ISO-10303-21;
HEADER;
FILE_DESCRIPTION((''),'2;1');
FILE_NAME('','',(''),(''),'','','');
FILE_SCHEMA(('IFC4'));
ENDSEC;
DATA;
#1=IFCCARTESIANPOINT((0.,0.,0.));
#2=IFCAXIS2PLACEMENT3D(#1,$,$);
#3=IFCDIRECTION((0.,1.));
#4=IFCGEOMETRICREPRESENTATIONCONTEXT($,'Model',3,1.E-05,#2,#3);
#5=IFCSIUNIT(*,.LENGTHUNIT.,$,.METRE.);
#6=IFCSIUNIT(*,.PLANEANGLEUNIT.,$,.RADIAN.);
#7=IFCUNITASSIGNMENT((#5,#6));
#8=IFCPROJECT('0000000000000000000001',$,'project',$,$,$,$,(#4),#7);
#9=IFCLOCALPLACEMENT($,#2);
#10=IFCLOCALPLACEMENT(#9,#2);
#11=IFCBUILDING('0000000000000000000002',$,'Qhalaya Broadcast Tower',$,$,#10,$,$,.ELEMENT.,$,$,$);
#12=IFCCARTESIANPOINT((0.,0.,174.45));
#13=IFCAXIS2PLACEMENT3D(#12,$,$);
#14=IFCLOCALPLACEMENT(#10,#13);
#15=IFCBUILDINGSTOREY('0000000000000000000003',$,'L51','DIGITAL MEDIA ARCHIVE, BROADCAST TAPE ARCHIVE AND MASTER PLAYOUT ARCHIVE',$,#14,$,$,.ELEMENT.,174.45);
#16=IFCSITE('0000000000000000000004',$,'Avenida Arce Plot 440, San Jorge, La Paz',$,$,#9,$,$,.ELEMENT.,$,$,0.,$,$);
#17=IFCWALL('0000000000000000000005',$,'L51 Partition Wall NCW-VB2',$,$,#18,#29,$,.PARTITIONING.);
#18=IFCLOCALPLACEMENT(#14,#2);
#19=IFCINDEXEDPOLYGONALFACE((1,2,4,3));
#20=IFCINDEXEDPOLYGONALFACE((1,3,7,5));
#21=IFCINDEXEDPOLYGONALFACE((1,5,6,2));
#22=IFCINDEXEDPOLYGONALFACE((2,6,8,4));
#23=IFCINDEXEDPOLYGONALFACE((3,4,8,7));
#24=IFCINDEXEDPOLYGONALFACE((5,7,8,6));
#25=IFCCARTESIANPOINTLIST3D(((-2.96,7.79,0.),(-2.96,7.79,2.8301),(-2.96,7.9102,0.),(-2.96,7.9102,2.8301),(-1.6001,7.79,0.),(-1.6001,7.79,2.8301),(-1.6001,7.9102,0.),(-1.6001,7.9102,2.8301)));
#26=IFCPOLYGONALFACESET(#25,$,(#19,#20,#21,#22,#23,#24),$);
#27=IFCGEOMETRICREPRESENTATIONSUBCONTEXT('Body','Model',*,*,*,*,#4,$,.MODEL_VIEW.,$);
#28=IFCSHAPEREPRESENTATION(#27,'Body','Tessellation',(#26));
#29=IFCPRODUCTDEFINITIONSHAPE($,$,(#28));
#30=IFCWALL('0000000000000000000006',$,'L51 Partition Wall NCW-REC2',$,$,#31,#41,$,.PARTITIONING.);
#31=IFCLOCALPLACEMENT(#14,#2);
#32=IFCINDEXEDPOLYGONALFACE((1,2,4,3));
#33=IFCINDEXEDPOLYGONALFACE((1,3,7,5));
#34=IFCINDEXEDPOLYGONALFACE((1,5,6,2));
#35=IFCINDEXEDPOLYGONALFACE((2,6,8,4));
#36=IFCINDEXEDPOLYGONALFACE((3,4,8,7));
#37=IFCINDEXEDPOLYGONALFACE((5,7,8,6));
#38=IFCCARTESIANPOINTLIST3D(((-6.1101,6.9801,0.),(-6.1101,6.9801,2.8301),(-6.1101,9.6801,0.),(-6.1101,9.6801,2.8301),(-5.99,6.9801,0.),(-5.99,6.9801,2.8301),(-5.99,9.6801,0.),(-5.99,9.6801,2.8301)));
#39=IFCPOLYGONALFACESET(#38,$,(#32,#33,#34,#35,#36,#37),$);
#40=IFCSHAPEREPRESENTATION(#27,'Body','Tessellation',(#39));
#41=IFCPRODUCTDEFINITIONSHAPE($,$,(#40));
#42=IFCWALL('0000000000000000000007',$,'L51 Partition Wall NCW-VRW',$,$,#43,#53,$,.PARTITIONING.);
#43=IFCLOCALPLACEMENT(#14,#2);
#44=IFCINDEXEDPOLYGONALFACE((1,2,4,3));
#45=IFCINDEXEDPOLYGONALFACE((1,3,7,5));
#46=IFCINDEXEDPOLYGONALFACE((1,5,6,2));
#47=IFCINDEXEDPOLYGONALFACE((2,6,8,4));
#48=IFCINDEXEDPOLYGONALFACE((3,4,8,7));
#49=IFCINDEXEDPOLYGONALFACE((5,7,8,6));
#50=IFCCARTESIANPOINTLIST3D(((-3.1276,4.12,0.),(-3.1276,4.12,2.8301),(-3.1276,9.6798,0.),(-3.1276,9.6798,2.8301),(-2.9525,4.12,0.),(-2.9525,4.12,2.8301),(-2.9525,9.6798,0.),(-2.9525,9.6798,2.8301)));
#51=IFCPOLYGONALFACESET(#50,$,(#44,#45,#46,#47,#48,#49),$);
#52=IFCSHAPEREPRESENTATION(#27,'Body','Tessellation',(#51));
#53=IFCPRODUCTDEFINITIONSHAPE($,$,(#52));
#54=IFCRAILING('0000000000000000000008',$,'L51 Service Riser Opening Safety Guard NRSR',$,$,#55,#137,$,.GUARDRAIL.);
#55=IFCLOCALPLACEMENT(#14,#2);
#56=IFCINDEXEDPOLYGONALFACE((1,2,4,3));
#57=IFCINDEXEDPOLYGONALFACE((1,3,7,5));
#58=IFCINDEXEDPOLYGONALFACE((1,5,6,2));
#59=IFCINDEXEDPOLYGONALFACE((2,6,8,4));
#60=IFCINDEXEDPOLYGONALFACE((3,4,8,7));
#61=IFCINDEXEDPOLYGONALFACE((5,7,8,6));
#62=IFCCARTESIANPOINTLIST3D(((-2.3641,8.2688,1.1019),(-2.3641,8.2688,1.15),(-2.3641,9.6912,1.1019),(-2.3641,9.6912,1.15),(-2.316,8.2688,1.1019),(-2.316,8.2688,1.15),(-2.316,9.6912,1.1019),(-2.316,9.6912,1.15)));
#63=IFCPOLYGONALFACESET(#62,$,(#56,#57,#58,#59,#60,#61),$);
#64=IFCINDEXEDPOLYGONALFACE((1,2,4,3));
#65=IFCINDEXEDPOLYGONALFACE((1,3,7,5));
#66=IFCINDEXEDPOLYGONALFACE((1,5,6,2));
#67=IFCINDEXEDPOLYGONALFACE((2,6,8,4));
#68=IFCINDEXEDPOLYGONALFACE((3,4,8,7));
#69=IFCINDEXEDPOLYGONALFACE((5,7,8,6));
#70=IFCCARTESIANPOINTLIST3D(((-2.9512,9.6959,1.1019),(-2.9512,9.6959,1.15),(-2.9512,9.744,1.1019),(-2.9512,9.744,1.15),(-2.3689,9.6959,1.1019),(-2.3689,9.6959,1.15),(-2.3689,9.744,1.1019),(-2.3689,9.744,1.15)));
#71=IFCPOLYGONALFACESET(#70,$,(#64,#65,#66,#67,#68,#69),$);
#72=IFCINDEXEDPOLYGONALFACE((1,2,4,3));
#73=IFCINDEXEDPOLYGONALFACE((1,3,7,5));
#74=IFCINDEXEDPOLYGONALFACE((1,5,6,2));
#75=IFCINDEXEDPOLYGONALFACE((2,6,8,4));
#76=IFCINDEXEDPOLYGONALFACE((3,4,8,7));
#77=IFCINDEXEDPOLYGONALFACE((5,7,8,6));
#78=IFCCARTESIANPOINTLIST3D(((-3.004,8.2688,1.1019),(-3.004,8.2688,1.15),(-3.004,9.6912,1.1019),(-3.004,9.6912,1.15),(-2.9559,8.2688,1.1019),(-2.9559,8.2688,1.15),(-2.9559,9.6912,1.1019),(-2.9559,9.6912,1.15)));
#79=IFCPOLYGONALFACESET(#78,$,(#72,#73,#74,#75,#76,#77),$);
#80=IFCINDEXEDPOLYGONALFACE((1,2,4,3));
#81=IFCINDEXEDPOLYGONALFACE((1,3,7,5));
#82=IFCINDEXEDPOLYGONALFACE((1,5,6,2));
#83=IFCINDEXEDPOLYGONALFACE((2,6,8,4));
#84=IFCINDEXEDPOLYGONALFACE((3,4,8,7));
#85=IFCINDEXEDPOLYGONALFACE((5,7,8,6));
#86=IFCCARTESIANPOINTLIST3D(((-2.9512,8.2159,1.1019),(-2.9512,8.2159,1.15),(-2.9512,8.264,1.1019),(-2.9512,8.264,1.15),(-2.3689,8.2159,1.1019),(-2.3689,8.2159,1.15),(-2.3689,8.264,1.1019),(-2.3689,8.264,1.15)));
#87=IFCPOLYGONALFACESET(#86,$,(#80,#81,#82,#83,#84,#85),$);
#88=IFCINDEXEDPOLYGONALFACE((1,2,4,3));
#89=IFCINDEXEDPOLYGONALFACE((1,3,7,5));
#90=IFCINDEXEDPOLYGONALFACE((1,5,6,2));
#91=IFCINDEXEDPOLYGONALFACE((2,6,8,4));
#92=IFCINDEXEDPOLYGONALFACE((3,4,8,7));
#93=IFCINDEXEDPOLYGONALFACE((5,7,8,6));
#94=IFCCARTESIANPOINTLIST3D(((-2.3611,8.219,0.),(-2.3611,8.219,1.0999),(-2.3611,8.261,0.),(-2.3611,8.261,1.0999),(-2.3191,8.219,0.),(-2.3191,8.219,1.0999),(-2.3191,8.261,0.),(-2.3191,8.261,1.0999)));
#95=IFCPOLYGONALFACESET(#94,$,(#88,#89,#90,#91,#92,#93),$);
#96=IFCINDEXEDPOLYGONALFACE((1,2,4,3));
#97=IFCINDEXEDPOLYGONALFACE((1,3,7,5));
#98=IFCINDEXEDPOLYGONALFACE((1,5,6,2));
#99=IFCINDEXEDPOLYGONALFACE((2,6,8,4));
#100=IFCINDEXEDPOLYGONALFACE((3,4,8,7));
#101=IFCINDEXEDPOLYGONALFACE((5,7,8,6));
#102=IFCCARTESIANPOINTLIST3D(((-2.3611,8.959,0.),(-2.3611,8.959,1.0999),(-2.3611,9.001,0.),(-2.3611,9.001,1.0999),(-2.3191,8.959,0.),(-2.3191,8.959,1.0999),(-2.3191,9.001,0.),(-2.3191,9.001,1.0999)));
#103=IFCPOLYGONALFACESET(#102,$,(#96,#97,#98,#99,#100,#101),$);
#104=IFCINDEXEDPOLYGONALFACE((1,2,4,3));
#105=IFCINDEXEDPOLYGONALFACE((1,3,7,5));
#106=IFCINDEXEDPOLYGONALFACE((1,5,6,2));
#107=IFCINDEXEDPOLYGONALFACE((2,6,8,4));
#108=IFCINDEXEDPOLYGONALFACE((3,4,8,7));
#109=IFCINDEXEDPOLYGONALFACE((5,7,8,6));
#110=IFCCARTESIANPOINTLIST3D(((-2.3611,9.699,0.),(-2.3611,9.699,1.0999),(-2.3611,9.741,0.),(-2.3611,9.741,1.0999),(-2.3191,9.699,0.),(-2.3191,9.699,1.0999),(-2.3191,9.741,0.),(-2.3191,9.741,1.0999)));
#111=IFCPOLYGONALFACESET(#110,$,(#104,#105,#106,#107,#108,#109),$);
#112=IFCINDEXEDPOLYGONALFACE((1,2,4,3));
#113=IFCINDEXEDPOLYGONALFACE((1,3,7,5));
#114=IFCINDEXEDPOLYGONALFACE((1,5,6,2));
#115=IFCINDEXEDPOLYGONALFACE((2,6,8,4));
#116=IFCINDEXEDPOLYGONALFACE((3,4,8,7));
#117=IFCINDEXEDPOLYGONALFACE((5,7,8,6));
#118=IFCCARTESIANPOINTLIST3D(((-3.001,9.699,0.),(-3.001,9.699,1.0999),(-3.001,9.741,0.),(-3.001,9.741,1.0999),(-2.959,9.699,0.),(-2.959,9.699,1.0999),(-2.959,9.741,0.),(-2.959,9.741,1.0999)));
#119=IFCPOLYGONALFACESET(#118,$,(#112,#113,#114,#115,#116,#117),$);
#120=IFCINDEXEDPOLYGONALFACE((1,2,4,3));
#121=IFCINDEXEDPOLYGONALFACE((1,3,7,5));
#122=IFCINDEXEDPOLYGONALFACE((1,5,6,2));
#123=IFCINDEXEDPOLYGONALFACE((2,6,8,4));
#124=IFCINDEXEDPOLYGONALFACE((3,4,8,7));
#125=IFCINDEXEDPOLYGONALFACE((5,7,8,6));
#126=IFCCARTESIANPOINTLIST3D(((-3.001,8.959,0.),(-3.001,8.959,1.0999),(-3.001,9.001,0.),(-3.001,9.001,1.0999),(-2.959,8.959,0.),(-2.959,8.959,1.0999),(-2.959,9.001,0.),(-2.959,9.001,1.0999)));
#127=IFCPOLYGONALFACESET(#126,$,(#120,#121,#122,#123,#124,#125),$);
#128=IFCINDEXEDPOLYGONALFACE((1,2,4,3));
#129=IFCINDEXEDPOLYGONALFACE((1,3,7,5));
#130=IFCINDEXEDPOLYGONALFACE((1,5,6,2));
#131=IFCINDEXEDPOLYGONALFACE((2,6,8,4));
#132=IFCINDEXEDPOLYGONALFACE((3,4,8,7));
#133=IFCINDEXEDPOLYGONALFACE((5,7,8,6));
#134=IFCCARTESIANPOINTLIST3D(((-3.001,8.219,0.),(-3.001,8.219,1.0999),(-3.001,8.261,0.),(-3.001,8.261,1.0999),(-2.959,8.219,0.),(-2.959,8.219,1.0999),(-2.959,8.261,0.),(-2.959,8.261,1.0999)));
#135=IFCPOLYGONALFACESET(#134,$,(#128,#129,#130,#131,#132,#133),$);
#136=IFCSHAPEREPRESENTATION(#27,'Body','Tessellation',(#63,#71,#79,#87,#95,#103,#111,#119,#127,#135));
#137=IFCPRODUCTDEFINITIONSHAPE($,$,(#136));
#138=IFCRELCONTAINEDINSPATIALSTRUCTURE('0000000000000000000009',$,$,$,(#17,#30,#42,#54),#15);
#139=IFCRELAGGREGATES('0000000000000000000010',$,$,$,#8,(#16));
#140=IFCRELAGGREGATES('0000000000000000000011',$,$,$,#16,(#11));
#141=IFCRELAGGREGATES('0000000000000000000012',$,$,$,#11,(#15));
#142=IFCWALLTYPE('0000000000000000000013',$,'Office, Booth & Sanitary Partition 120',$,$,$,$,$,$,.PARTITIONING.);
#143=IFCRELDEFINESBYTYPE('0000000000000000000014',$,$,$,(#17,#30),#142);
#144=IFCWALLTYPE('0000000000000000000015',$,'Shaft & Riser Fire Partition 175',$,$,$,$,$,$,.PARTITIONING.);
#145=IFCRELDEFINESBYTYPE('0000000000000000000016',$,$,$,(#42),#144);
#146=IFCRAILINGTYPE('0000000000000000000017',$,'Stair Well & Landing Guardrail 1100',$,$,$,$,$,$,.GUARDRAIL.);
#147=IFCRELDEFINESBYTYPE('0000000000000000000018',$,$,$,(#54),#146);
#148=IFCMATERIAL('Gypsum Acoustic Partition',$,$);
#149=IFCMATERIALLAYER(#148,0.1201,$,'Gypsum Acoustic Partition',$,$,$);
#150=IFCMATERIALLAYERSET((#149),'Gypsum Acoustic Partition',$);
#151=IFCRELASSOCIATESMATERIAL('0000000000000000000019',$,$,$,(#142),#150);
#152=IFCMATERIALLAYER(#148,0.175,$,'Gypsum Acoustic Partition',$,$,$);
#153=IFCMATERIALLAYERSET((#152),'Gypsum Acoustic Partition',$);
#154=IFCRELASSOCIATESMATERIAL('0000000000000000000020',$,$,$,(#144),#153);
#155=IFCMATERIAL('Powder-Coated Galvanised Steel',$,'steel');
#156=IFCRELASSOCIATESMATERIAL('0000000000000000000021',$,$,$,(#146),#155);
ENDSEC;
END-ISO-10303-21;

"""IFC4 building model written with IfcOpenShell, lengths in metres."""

from ifc_helpers import new_model, si_unit, direction, frame, frame_2d, origin, origin_2d, place, context, subcontext, project, spatial, rectangle, extrude, material, layer, layer_set, type_object, element, save


model = new_model("IFC4")

# Units and contexts
model_context = context("Model", 3, precision=1e-05, world=origin(), true_north=direction((0.0, 1.0)))
body_context = subcontext(model_context, "Body", "Model", "MODEL_VIEW")
ifc_project = project(units=[si_unit("LENGTHUNIT", "METRE"), si_unit("PLANEANGLEUNIT", "RADIAN")], contexts=[model_context])

# Site, building, storey
site_placement = place(None, origin())
site = spatial("IfcSite", under=ifc_project, at=site_placement, Name="Avenida Arce Plot 440, San Jorge, La Paz", CompositionType="ELEMENT", RefElevation=0.0)
building_placement = place(site_placement, origin())
building = spatial("IfcBuilding", under=site, at=building_placement, Name="Qhalaya Broadcast Tower", CompositionType="ELEMENT")
storey_placement = place(building_placement, frame((0.0, 0.0, 174.45)))
storey = spatial("IfcBuildingStorey", under=building, at=storey_placement, Name="L51", Description="DIGITAL MEDIA ARCHIVE, BROADCAST TAPE ARCHIVE AND MASTER PLAYOUT ARCHIVE", CompositionType="ELEMENT", Elevation=174.45)

# Shared definitions
ifc_material_1 = material(Name="Gypsum Acoustic Partition")

# Walls
ifc_layer_1 = layer(ifc_material_1, 0.1201, Name="Gypsum Acoustic Partition")
ifc_layer_set_1 = layer_set([ifc_layer_1], Name="Gypsum Acoustic Partition")
wall_type_1 = type_object("IfcWallType", Name="Office, Booth & Sanitary Partition 120", PredefinedType="PARTITIONING", material=ifc_layer_set_1)
for number, where, z_axis, x_axis, name in (
    (1, (-2.96, 7.8501, 0.0), (0.0, 0.0, 1.0), (1.0, 0.0, 0.0), "L51 Partition Wall NCW-VB2"),
):
    element("IfcWall", number, at=place(storey_placement, frame(where, z_axis=z_axis, x_axis=x_axis)), inside=storey, type_object=wall_type_1, Name=name, PredefinedType="PARTITIONING", context=body_context, shape_type="SweptSolid", body=[
        extrude(rectangle(XDim=1.3599, YDim=0.1201, at=frame_2d((0.6799, 0.0))), origin(), (0.0, 0.0, 1.0), 2.8301),
    ])
wall_1_placement = place(storey_placement, frame((-6.05, 6.98, 0.0), z_axis=(0.0, 0.0, 1.0), x_axis=(0.0, 1.0, 0.0)))
element("IfcWall", 2, at=wall_1_placement, inside=storey, type_object=wall_type_1, Name="L51 Partition Wall NCW-REC2", PredefinedType="PARTITIONING", context=body_context, shape_type="SweptSolid", body=[
    extrude(rectangle(XDim=2.7, YDim=0.1201, at=frame_2d((1.3501, 0.0))), origin(), (0.0, 0.0, 1.0), 2.8301),
])
ifc_layer_2 = layer(ifc_material_1, 0.175, Name="Gypsum Acoustic Partition")
ifc_layer_set_2 = layer_set([ifc_layer_2], Name="Gypsum Acoustic Partition")
wall_type_2 = type_object("IfcWallType", Name="Shaft & Riser Fire Partition 175", PredefinedType="PARTITIONING", material=ifc_layer_set_2)
wall_2_placement = place(storey_placement, frame((-3.04, 4.1201, 0.0), z_axis=(0.0, 0.0, 1.0), x_axis=(0.0, 1.0, 0.0)))
element("IfcWall", 3, at=wall_2_placement, inside=storey, type_object=wall_type_2, Name="L51 Partition Wall NCW-VRW", PredefinedType="PARTITIONING", context=body_context, shape_type="SweptSolid", body=[
    extrude(rectangle(XDim=5.5598, YDim=0.175, at=frame_2d((2.7798, 0.0))), origin(), (0.0, 0.0, 1.0), 2.8301),
])

# Railing
ifc_material_2 = material(Name="Powder-Coated Galvanised Steel", Category="steel")
railing_type = type_object("IfcRailingType", Name="Stair Well & Landing Guardrail 1100", PredefinedType="GUARDRAIL", material=ifc_material_2)
railing_placement = place(storey_placement, frame((-2.3401, 8.24, 0.0)))
element("IfcRailing", 4, at=railing_placement, inside=storey, type_object=railing_type, Name="L51 Service Riser Opening Safety Guard NRSR", PredefinedType="GUARDRAIL", context=body_context, shape_type="SweptSolid", body=[
    extrude(rectangle(XDim=0.0481, YDim=0.0481, at=origin_2d()), frame((0.0, 0.0288, 1.126), z_axis=(0.0, 1.0, 0.0), x_axis=(-1.0, 0.0, 0.0)), (0.0, 0.0, 1.0), 1.4224),
    extrude(rectangle(XDim=0.0481, YDim=0.0481, at=origin_2d()), frame((-0.0288, 1.48, 1.126), z_axis=(-1.0, 0.0, 0.0), x_axis=(0.0, -1.0, 0.0)), (0.0, 0.0, 1.0), 0.5823),
    extrude(rectangle(XDim=0.0481, YDim=0.0481, at=origin_2d()), frame((-0.6399, 1.4512, 1.126), z_axis=(0.0, -1.0, 0.0), x_axis=(1.0, 0.0, 0.0)), (0.0, 0.0, 1.0), 1.4224),
    extrude(rectangle(XDim=0.0481, YDim=0.0481, at=origin_2d()), frame((-0.6111, 0.0, 1.126), z_axis=(1.0, 0.0, 0.0), x_axis=(0.0, 1.0, 0.0)), (0.0, 0.0, 1.0), 0.5823),
    extrude(rectangle(XDim=0.042, YDim=0.042, at=origin_2d()), origin(), (0.0, 0.0, 1.0), 1.0999),
    extrude(rectangle(XDim=0.042, YDim=0.042, at=origin_2d()), frame((0.0, 0.74, 0.0)), (0.0, 0.0, 1.0), 1.0999),
    extrude(rectangle(XDim=0.042, YDim=0.042, at=origin_2d()), frame((0.0, 1.48, 0.0)), (0.0, 0.0, 1.0), 1.0999),
    extrude(rectangle(XDim=0.042, YDim=0.042, at=origin_2d()), frame((-0.6399, 1.48, 0.0)), (0.0, 0.0, 1.0), 1.0999),
    extrude(rectangle(XDim=0.042, YDim=0.042, at=origin_2d()), frame((-0.6399, 0.74, 0.0)), (0.0, 0.0, 1.0), 1.0999),
    extrude(rectangle(XDim=0.042, YDim=0.042, at=origin_2d()), frame((-0.6399, 0.0, 0.0)), (0.0, 0.0, 1.0), 1.0999),
])

save(model, "model.ifc")
